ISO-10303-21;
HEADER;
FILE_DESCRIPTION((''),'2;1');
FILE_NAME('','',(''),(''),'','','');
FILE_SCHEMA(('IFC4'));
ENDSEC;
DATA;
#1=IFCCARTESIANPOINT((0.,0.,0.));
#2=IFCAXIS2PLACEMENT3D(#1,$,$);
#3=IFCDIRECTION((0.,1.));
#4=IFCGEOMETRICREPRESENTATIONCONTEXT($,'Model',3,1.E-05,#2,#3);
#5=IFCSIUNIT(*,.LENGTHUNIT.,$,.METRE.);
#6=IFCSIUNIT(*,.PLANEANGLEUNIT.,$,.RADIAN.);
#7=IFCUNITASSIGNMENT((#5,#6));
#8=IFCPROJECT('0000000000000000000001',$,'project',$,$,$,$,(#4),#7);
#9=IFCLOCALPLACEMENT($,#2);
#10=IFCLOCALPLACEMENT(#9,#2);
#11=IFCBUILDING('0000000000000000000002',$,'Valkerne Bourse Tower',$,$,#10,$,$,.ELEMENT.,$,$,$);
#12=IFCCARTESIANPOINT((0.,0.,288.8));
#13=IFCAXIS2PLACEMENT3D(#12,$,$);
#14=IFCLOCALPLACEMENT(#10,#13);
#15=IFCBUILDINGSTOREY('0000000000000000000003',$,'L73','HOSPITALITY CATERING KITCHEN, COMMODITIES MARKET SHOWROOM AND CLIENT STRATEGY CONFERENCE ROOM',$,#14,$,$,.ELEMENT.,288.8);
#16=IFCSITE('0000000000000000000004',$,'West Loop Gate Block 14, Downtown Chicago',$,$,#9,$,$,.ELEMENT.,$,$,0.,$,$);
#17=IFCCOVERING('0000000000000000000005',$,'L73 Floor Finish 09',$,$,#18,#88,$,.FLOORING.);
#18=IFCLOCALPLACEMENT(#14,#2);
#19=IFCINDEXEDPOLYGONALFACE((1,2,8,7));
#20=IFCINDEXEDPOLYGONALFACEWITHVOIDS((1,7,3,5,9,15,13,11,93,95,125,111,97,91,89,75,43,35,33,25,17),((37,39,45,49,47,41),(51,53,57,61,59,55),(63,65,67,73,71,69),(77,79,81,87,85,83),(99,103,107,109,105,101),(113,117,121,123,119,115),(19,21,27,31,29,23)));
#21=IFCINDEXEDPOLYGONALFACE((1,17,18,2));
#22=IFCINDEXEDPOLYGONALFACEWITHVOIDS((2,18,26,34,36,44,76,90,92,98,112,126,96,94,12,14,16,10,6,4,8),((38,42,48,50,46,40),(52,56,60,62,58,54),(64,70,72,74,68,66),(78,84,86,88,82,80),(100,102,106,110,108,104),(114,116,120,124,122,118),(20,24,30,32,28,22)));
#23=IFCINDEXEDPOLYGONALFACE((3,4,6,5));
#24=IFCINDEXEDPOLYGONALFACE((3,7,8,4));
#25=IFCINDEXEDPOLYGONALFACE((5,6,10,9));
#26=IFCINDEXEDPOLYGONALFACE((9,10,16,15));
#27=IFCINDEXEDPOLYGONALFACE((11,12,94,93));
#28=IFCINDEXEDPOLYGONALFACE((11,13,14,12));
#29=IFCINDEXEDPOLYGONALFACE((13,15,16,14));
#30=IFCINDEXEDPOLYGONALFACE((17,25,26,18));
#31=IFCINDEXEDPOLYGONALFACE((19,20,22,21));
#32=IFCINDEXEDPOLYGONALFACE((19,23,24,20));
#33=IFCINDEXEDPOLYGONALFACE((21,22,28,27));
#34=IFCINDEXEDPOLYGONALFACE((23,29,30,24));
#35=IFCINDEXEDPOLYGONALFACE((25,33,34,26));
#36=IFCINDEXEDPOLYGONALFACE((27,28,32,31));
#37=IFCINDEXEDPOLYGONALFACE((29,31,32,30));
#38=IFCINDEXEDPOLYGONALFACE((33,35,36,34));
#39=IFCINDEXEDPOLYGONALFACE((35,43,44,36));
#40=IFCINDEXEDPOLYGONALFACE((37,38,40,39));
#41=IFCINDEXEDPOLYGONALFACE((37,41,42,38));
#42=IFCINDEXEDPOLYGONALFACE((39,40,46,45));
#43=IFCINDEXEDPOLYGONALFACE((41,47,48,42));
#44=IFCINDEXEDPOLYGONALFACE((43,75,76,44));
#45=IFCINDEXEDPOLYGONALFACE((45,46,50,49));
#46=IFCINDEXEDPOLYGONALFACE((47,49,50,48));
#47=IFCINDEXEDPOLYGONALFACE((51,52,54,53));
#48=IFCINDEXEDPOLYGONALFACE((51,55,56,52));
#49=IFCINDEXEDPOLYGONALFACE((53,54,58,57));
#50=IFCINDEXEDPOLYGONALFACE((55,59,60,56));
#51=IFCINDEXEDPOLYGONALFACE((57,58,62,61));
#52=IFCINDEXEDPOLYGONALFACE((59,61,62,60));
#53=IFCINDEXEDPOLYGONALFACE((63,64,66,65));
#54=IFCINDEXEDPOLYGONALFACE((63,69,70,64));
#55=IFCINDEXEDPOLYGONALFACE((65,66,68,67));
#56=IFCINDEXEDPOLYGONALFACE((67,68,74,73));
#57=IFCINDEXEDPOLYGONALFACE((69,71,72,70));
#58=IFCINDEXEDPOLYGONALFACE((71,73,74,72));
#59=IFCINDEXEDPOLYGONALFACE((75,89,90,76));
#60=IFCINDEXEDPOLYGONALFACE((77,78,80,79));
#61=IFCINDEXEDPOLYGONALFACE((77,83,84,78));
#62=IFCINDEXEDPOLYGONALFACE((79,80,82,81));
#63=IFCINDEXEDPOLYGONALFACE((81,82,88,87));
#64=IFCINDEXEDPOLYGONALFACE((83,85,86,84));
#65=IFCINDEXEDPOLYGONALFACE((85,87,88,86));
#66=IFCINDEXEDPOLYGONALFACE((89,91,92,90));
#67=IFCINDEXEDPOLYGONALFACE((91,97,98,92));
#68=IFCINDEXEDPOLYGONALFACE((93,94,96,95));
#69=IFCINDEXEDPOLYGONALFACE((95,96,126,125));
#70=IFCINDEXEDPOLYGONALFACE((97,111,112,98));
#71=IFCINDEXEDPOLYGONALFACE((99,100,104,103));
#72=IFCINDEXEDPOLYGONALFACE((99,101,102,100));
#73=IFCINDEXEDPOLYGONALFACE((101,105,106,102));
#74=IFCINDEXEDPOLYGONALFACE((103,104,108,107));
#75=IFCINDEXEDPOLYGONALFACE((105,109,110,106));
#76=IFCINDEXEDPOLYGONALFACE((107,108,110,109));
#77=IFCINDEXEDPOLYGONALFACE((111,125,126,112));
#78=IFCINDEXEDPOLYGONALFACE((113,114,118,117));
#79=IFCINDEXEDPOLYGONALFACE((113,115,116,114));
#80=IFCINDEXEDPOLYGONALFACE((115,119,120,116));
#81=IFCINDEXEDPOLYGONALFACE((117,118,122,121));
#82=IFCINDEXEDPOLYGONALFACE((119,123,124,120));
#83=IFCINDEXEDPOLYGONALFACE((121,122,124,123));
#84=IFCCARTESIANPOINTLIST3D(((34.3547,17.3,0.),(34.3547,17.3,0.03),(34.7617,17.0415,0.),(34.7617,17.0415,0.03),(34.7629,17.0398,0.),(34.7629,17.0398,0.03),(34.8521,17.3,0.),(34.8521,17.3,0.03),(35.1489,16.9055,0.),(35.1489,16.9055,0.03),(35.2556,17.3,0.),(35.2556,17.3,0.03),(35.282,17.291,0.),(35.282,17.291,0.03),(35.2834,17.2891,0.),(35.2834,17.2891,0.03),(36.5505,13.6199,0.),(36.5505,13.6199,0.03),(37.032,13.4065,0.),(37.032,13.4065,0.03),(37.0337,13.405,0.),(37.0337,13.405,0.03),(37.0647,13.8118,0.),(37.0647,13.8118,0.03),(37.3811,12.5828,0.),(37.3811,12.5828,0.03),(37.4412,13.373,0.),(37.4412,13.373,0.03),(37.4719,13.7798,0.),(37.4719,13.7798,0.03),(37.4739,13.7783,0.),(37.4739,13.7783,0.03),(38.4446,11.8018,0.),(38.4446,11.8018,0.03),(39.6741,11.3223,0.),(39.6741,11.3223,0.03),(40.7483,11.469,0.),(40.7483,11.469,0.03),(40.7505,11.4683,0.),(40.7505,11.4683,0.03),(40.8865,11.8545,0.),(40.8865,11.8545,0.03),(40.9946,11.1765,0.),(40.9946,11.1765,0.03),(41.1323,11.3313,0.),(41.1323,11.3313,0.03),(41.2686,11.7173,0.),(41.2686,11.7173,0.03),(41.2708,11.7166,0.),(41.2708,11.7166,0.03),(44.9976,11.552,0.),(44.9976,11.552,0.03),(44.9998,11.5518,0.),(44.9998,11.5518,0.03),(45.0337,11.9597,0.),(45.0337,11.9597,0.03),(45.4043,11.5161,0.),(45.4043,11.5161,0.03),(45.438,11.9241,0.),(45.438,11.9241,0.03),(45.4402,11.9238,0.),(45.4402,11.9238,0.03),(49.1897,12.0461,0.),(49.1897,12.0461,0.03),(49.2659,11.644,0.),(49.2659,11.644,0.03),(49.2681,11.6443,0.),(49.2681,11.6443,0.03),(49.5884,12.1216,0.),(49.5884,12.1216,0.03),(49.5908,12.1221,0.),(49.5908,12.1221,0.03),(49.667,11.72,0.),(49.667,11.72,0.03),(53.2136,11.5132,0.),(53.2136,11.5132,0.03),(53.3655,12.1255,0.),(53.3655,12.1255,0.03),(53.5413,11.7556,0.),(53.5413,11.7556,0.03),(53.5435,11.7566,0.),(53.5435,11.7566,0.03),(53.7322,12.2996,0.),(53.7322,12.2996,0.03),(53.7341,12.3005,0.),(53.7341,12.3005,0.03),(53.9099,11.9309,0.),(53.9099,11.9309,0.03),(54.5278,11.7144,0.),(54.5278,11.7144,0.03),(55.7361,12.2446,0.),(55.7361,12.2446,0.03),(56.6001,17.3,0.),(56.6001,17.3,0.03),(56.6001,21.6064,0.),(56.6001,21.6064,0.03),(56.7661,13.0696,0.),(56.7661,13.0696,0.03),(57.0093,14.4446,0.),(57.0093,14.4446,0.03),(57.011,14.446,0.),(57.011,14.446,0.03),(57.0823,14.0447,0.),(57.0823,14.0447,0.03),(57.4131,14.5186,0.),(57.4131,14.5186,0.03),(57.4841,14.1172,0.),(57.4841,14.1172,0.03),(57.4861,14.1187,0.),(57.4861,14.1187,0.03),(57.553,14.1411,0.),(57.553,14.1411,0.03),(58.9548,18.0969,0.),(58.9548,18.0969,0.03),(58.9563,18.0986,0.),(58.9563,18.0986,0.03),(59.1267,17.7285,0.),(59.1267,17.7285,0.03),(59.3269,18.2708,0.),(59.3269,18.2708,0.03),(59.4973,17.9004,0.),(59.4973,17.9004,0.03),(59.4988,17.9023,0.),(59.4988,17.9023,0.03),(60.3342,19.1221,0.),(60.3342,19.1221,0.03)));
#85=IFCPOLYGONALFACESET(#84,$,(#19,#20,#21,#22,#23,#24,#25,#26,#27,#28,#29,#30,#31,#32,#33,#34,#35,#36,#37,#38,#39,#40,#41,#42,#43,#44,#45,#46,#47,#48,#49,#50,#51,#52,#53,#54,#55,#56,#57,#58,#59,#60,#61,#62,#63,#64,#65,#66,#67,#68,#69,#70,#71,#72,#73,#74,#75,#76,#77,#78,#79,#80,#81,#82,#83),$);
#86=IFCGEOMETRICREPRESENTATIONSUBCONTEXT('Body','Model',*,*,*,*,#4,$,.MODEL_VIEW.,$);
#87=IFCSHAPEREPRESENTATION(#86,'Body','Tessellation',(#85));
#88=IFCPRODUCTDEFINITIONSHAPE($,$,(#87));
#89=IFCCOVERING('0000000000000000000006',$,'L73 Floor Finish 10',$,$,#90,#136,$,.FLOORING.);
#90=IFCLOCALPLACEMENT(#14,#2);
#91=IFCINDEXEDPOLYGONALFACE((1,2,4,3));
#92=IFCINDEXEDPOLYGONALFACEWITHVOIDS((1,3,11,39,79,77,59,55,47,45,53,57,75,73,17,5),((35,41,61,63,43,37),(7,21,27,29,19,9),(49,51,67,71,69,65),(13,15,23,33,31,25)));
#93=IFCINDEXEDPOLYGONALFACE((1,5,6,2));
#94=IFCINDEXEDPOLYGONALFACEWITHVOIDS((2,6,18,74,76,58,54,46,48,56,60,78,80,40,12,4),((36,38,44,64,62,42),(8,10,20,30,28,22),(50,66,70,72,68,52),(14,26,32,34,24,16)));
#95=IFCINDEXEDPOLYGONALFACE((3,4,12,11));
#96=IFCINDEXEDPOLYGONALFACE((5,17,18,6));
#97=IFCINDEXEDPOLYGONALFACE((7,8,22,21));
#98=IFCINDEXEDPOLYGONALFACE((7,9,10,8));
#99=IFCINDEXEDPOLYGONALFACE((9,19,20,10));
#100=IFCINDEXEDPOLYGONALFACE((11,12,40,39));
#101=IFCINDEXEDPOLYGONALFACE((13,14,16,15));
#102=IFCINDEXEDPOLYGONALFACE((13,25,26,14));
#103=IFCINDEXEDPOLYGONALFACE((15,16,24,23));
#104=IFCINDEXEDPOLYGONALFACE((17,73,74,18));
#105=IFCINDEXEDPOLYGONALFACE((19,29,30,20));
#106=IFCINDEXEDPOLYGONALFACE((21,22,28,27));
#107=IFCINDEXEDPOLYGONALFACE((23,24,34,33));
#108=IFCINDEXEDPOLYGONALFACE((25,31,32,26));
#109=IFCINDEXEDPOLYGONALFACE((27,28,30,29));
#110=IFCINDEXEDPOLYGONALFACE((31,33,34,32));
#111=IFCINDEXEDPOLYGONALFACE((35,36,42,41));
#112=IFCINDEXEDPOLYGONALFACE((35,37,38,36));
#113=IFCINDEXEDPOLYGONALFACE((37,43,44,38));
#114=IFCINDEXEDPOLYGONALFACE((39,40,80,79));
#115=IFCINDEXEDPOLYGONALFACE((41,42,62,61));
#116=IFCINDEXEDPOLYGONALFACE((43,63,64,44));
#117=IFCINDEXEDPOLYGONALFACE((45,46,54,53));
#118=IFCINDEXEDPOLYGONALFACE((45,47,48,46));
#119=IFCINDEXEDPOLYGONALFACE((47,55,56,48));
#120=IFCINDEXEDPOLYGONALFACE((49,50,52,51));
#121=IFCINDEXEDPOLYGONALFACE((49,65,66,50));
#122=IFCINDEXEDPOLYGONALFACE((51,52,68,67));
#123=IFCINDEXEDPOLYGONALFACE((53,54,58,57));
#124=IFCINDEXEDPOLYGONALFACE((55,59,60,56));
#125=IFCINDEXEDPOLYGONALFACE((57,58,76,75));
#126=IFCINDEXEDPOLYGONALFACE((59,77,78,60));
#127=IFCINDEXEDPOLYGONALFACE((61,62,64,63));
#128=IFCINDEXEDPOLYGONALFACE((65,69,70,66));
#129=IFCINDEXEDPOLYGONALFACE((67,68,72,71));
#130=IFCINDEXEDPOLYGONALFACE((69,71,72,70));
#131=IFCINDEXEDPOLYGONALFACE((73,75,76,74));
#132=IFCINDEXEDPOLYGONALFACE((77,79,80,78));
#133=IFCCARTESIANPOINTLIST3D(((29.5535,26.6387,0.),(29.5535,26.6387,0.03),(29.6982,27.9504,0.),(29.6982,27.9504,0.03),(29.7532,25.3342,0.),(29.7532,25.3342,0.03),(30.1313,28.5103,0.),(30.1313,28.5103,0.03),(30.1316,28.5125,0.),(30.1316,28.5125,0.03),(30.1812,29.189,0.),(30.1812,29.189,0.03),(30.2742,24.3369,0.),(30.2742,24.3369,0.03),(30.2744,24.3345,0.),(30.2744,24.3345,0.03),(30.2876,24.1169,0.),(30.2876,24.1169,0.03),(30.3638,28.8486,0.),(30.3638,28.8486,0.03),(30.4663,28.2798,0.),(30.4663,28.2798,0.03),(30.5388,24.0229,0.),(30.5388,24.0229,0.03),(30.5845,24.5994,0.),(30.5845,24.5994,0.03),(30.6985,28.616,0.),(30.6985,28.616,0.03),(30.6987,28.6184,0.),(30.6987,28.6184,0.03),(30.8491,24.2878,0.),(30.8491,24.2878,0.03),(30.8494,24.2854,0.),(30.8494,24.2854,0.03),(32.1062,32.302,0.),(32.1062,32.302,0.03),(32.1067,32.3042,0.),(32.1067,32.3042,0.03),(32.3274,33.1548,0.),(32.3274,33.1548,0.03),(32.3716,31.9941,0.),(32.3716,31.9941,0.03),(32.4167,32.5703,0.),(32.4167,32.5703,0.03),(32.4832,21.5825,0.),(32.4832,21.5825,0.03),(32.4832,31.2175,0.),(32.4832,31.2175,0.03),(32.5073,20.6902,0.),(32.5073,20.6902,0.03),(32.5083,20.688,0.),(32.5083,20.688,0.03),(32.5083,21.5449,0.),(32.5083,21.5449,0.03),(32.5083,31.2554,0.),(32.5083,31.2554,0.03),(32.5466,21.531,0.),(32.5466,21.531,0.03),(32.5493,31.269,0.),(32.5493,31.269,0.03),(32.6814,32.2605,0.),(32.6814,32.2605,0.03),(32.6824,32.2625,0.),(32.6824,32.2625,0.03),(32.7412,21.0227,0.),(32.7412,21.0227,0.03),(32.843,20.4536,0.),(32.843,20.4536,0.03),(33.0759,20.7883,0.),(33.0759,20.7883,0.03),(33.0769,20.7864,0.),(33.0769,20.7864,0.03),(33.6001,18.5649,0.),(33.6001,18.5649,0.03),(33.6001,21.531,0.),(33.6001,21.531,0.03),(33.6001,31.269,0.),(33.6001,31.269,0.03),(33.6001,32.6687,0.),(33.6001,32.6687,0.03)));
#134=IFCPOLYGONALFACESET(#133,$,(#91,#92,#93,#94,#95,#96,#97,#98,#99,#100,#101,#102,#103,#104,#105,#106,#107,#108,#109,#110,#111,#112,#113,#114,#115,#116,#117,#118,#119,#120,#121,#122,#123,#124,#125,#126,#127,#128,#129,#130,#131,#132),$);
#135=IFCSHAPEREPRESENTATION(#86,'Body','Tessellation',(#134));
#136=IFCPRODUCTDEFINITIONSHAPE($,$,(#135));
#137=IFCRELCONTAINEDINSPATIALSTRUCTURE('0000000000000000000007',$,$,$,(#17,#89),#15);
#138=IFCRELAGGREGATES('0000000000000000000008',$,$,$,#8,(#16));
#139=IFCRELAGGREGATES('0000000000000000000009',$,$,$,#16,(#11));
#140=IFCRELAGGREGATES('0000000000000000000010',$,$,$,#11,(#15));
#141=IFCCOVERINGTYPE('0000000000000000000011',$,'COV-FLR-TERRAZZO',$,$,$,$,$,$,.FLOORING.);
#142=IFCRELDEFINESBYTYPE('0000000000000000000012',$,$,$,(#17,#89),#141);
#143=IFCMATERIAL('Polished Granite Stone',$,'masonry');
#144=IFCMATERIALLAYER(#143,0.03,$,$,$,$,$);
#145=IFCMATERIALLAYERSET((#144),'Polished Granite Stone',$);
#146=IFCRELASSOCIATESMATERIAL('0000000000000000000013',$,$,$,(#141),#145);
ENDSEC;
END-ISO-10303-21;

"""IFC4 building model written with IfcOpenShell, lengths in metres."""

from ifc_helpers import new_model, si_unit, direction, frame, origin, place, context, subcontext, project, spatial, polyline, outline, extrude, material, layer, layer_set, type_object, element, save


model = new_model("IFC4")

# Units and contexts
model_context = context("Model", 3, precision=1e-05, world=origin(), true_north=direction((0.0, 1.0)))
body_context = subcontext(model_context, "Body", "Model", "MODEL_VIEW")
ifc_project = project(units=[si_unit("LENGTHUNIT", "METRE"), si_unit("PLANEANGLEUNIT", "RADIAN")], contexts=[model_context])

# Site, building, storey
site_placement = place(None, origin())
site = spatial("IfcSite", under=ifc_project, at=site_placement, Name="West Loop Gate Block 14, Downtown Chicago", CompositionType="ELEMENT", RefElevation=0.0)
building_placement = place(site_placement, origin())
building = spatial("IfcBuilding", under=site, at=building_placement, Name="Valkerne Bourse Tower", CompositionType="ELEMENT")
storey_placement = place(building_placement, frame((0.0, 0.0, 288.8)))
storey = spatial("IfcBuildingStorey", under=building, at=storey_placement, Name="L73", Description="HOSPITALITY CATERING KITCHEN, COMMODITIES MARKET SHOWROOM AND CLIENT STRATEGY CONFERENCE ROOM", CompositionType="ELEMENT", Elevation=288.8)

# Coverings
ifc_material_1 = material(Name="Polished Granite Stone", Category="masonry")
ifc_layer_1 = layer(ifc_material_1, 0.03)
ifc_layer_set_1 = layer_set([ifc_layer_1], Name="Polished Granite Stone")
covering_type_1 = type_object("IfcCoveringType", Name="COV-FLR-TERRAZZO", PredefinedType="FLOORING", material=ifc_layer_set_1)
covering_1_placement = place(storey_placement, origin())
element("IfcCovering", 1, at=covering_1_placement, inside=storey, type_object=covering_type_1, Name="L73 Floor Finish 09", PredefinedType="FLOORING", context=body_context, shape_type="SweptSolid", body=[
    extrude(outline(polyline([(55.7361, 12.2446), (54.5278, 11.7144), (53.2136, 11.5132), (40.9946, 11.1765), (39.6741, 11.3223), (38.4446, 11.8018), (37.3811, 12.5828), (36.5505, 13.6199), (34.3547, 17.3), (34.8521, 17.3), (34.7617, 17.0415), (34.7629, 17.0398), (35.1489, 16.9055), (35.2834, 17.2891), (35.282, 17.291), (35.2556, 17.3), (56.6001, 17.3), (56.6001, 21.6064), (60.3342, 19.1221), (57.553, 14.1411), (56.7661, 13.0696), (55.7361, 12.2446)]), holes=[polyline([(41.2686, 11.7173), (40.8865, 11.8545), (40.7483, 11.469), (40.7505, 11.4683), (41.1323, 11.3313), (41.2708, 11.7166), (41.2686, 11.7173)]), polyline([(45.438, 11.9241), (45.0337, 11.9597), (44.9976, 11.552), (44.9998, 11.5518), (45.4043, 11.5161), (45.4402, 11.9238), (45.438, 11.9241)]), polyline([(37.4719, 13.7798), (37.0647, 13.8118), (37.032, 13.4065), (37.0337, 13.405), (37.4412, 13.373), (37.4739, 13.7783), (37.4719, 13.7798)]), polyline([(49.667, 11.72), (49.5908, 12.1221), (49.5884, 12.1216), (49.1897, 12.0461), (49.2659, 11.644), (49.2681, 11.6443), (49.667, 11.72)]), polyline([(53.9099, 11.9309), (53.7341, 12.3005), (53.7322, 12.2996), (53.3655, 12.1255), (53.5413, 11.7556), (53.5435, 11.7566), (53.9099, 11.9309)]), polyline([(57.4861, 14.1187), (57.4131, 14.5186), (57.011, 14.446), (57.0093, 14.4446), (57.0823, 14.0447), (57.4841, 14.1172), (57.4861, 14.1187)]), polyline([(59.4988, 17.9023), (59.3269, 18.2708), (58.9563, 18.0986), (58.9548, 18.0969), (59.1267, 17.7285), (59.4973, 17.9004), (59.4988, 17.9023)])]), origin(), (0.0, 0.0, 1.0), 0.03),
])
covering_2_placement = place(storey_placement, origin())
element("IfcCovering", 2, at=covering_2_placement, inside=storey, type_object=covering_type_1, Name="L73 Floor Finish 10", PredefinedType="FLOORING", context=body_context, shape_type="SweptSolid", body=[
    extrude(outline(polyline([(30.2876, 24.1169), (29.7532, 25.3342), (29.5535, 26.6387), (29.6982, 27.9504), (30.1812, 29.189), (32.3274, 33.1548), (33.6001, 32.6687), (33.6001, 31.269), (32.5493, 31.269), (32.5083, 31.2554), (32.4832, 31.2175), (32.4832, 21.5825), (32.5083, 21.5449), (32.5466, 21.531), (33.6001, 21.531), (33.6001, 18.5649), (30.2876, 24.1169)]), holes=[polyline([(33.0759, 20.7883), (32.7412, 21.0227), (32.5073, 20.6902), (32.5083, 20.688), (32.843, 20.4536), (33.0769, 20.7864), (33.0759, 20.7883)]), polyline([(30.8491, 24.2878), (30.5845, 24.5994), (30.2742, 24.3369), (30.2744, 24.3345), (30.5388, 24.0229), (30.8494, 24.2854), (30.8491, 24.2878)]), polyline([(30.6987, 28.6184), (30.3638, 28.8486), (30.1316, 28.5125), (30.1313, 28.5103), (30.4663, 28.2798), (30.6985, 28.616), (30.6987, 28.6184)]), polyline([(32.6824, 32.2625), (32.4167, 32.5703), (32.1067, 32.3042), (32.1062, 32.302), (32.3716, 31.9941), (32.6814, 32.2605), (32.6824, 32.2625)])]), origin(), (0.0, 0.0, 1.0), 0.03),
])

save(model, "model.ifc")
